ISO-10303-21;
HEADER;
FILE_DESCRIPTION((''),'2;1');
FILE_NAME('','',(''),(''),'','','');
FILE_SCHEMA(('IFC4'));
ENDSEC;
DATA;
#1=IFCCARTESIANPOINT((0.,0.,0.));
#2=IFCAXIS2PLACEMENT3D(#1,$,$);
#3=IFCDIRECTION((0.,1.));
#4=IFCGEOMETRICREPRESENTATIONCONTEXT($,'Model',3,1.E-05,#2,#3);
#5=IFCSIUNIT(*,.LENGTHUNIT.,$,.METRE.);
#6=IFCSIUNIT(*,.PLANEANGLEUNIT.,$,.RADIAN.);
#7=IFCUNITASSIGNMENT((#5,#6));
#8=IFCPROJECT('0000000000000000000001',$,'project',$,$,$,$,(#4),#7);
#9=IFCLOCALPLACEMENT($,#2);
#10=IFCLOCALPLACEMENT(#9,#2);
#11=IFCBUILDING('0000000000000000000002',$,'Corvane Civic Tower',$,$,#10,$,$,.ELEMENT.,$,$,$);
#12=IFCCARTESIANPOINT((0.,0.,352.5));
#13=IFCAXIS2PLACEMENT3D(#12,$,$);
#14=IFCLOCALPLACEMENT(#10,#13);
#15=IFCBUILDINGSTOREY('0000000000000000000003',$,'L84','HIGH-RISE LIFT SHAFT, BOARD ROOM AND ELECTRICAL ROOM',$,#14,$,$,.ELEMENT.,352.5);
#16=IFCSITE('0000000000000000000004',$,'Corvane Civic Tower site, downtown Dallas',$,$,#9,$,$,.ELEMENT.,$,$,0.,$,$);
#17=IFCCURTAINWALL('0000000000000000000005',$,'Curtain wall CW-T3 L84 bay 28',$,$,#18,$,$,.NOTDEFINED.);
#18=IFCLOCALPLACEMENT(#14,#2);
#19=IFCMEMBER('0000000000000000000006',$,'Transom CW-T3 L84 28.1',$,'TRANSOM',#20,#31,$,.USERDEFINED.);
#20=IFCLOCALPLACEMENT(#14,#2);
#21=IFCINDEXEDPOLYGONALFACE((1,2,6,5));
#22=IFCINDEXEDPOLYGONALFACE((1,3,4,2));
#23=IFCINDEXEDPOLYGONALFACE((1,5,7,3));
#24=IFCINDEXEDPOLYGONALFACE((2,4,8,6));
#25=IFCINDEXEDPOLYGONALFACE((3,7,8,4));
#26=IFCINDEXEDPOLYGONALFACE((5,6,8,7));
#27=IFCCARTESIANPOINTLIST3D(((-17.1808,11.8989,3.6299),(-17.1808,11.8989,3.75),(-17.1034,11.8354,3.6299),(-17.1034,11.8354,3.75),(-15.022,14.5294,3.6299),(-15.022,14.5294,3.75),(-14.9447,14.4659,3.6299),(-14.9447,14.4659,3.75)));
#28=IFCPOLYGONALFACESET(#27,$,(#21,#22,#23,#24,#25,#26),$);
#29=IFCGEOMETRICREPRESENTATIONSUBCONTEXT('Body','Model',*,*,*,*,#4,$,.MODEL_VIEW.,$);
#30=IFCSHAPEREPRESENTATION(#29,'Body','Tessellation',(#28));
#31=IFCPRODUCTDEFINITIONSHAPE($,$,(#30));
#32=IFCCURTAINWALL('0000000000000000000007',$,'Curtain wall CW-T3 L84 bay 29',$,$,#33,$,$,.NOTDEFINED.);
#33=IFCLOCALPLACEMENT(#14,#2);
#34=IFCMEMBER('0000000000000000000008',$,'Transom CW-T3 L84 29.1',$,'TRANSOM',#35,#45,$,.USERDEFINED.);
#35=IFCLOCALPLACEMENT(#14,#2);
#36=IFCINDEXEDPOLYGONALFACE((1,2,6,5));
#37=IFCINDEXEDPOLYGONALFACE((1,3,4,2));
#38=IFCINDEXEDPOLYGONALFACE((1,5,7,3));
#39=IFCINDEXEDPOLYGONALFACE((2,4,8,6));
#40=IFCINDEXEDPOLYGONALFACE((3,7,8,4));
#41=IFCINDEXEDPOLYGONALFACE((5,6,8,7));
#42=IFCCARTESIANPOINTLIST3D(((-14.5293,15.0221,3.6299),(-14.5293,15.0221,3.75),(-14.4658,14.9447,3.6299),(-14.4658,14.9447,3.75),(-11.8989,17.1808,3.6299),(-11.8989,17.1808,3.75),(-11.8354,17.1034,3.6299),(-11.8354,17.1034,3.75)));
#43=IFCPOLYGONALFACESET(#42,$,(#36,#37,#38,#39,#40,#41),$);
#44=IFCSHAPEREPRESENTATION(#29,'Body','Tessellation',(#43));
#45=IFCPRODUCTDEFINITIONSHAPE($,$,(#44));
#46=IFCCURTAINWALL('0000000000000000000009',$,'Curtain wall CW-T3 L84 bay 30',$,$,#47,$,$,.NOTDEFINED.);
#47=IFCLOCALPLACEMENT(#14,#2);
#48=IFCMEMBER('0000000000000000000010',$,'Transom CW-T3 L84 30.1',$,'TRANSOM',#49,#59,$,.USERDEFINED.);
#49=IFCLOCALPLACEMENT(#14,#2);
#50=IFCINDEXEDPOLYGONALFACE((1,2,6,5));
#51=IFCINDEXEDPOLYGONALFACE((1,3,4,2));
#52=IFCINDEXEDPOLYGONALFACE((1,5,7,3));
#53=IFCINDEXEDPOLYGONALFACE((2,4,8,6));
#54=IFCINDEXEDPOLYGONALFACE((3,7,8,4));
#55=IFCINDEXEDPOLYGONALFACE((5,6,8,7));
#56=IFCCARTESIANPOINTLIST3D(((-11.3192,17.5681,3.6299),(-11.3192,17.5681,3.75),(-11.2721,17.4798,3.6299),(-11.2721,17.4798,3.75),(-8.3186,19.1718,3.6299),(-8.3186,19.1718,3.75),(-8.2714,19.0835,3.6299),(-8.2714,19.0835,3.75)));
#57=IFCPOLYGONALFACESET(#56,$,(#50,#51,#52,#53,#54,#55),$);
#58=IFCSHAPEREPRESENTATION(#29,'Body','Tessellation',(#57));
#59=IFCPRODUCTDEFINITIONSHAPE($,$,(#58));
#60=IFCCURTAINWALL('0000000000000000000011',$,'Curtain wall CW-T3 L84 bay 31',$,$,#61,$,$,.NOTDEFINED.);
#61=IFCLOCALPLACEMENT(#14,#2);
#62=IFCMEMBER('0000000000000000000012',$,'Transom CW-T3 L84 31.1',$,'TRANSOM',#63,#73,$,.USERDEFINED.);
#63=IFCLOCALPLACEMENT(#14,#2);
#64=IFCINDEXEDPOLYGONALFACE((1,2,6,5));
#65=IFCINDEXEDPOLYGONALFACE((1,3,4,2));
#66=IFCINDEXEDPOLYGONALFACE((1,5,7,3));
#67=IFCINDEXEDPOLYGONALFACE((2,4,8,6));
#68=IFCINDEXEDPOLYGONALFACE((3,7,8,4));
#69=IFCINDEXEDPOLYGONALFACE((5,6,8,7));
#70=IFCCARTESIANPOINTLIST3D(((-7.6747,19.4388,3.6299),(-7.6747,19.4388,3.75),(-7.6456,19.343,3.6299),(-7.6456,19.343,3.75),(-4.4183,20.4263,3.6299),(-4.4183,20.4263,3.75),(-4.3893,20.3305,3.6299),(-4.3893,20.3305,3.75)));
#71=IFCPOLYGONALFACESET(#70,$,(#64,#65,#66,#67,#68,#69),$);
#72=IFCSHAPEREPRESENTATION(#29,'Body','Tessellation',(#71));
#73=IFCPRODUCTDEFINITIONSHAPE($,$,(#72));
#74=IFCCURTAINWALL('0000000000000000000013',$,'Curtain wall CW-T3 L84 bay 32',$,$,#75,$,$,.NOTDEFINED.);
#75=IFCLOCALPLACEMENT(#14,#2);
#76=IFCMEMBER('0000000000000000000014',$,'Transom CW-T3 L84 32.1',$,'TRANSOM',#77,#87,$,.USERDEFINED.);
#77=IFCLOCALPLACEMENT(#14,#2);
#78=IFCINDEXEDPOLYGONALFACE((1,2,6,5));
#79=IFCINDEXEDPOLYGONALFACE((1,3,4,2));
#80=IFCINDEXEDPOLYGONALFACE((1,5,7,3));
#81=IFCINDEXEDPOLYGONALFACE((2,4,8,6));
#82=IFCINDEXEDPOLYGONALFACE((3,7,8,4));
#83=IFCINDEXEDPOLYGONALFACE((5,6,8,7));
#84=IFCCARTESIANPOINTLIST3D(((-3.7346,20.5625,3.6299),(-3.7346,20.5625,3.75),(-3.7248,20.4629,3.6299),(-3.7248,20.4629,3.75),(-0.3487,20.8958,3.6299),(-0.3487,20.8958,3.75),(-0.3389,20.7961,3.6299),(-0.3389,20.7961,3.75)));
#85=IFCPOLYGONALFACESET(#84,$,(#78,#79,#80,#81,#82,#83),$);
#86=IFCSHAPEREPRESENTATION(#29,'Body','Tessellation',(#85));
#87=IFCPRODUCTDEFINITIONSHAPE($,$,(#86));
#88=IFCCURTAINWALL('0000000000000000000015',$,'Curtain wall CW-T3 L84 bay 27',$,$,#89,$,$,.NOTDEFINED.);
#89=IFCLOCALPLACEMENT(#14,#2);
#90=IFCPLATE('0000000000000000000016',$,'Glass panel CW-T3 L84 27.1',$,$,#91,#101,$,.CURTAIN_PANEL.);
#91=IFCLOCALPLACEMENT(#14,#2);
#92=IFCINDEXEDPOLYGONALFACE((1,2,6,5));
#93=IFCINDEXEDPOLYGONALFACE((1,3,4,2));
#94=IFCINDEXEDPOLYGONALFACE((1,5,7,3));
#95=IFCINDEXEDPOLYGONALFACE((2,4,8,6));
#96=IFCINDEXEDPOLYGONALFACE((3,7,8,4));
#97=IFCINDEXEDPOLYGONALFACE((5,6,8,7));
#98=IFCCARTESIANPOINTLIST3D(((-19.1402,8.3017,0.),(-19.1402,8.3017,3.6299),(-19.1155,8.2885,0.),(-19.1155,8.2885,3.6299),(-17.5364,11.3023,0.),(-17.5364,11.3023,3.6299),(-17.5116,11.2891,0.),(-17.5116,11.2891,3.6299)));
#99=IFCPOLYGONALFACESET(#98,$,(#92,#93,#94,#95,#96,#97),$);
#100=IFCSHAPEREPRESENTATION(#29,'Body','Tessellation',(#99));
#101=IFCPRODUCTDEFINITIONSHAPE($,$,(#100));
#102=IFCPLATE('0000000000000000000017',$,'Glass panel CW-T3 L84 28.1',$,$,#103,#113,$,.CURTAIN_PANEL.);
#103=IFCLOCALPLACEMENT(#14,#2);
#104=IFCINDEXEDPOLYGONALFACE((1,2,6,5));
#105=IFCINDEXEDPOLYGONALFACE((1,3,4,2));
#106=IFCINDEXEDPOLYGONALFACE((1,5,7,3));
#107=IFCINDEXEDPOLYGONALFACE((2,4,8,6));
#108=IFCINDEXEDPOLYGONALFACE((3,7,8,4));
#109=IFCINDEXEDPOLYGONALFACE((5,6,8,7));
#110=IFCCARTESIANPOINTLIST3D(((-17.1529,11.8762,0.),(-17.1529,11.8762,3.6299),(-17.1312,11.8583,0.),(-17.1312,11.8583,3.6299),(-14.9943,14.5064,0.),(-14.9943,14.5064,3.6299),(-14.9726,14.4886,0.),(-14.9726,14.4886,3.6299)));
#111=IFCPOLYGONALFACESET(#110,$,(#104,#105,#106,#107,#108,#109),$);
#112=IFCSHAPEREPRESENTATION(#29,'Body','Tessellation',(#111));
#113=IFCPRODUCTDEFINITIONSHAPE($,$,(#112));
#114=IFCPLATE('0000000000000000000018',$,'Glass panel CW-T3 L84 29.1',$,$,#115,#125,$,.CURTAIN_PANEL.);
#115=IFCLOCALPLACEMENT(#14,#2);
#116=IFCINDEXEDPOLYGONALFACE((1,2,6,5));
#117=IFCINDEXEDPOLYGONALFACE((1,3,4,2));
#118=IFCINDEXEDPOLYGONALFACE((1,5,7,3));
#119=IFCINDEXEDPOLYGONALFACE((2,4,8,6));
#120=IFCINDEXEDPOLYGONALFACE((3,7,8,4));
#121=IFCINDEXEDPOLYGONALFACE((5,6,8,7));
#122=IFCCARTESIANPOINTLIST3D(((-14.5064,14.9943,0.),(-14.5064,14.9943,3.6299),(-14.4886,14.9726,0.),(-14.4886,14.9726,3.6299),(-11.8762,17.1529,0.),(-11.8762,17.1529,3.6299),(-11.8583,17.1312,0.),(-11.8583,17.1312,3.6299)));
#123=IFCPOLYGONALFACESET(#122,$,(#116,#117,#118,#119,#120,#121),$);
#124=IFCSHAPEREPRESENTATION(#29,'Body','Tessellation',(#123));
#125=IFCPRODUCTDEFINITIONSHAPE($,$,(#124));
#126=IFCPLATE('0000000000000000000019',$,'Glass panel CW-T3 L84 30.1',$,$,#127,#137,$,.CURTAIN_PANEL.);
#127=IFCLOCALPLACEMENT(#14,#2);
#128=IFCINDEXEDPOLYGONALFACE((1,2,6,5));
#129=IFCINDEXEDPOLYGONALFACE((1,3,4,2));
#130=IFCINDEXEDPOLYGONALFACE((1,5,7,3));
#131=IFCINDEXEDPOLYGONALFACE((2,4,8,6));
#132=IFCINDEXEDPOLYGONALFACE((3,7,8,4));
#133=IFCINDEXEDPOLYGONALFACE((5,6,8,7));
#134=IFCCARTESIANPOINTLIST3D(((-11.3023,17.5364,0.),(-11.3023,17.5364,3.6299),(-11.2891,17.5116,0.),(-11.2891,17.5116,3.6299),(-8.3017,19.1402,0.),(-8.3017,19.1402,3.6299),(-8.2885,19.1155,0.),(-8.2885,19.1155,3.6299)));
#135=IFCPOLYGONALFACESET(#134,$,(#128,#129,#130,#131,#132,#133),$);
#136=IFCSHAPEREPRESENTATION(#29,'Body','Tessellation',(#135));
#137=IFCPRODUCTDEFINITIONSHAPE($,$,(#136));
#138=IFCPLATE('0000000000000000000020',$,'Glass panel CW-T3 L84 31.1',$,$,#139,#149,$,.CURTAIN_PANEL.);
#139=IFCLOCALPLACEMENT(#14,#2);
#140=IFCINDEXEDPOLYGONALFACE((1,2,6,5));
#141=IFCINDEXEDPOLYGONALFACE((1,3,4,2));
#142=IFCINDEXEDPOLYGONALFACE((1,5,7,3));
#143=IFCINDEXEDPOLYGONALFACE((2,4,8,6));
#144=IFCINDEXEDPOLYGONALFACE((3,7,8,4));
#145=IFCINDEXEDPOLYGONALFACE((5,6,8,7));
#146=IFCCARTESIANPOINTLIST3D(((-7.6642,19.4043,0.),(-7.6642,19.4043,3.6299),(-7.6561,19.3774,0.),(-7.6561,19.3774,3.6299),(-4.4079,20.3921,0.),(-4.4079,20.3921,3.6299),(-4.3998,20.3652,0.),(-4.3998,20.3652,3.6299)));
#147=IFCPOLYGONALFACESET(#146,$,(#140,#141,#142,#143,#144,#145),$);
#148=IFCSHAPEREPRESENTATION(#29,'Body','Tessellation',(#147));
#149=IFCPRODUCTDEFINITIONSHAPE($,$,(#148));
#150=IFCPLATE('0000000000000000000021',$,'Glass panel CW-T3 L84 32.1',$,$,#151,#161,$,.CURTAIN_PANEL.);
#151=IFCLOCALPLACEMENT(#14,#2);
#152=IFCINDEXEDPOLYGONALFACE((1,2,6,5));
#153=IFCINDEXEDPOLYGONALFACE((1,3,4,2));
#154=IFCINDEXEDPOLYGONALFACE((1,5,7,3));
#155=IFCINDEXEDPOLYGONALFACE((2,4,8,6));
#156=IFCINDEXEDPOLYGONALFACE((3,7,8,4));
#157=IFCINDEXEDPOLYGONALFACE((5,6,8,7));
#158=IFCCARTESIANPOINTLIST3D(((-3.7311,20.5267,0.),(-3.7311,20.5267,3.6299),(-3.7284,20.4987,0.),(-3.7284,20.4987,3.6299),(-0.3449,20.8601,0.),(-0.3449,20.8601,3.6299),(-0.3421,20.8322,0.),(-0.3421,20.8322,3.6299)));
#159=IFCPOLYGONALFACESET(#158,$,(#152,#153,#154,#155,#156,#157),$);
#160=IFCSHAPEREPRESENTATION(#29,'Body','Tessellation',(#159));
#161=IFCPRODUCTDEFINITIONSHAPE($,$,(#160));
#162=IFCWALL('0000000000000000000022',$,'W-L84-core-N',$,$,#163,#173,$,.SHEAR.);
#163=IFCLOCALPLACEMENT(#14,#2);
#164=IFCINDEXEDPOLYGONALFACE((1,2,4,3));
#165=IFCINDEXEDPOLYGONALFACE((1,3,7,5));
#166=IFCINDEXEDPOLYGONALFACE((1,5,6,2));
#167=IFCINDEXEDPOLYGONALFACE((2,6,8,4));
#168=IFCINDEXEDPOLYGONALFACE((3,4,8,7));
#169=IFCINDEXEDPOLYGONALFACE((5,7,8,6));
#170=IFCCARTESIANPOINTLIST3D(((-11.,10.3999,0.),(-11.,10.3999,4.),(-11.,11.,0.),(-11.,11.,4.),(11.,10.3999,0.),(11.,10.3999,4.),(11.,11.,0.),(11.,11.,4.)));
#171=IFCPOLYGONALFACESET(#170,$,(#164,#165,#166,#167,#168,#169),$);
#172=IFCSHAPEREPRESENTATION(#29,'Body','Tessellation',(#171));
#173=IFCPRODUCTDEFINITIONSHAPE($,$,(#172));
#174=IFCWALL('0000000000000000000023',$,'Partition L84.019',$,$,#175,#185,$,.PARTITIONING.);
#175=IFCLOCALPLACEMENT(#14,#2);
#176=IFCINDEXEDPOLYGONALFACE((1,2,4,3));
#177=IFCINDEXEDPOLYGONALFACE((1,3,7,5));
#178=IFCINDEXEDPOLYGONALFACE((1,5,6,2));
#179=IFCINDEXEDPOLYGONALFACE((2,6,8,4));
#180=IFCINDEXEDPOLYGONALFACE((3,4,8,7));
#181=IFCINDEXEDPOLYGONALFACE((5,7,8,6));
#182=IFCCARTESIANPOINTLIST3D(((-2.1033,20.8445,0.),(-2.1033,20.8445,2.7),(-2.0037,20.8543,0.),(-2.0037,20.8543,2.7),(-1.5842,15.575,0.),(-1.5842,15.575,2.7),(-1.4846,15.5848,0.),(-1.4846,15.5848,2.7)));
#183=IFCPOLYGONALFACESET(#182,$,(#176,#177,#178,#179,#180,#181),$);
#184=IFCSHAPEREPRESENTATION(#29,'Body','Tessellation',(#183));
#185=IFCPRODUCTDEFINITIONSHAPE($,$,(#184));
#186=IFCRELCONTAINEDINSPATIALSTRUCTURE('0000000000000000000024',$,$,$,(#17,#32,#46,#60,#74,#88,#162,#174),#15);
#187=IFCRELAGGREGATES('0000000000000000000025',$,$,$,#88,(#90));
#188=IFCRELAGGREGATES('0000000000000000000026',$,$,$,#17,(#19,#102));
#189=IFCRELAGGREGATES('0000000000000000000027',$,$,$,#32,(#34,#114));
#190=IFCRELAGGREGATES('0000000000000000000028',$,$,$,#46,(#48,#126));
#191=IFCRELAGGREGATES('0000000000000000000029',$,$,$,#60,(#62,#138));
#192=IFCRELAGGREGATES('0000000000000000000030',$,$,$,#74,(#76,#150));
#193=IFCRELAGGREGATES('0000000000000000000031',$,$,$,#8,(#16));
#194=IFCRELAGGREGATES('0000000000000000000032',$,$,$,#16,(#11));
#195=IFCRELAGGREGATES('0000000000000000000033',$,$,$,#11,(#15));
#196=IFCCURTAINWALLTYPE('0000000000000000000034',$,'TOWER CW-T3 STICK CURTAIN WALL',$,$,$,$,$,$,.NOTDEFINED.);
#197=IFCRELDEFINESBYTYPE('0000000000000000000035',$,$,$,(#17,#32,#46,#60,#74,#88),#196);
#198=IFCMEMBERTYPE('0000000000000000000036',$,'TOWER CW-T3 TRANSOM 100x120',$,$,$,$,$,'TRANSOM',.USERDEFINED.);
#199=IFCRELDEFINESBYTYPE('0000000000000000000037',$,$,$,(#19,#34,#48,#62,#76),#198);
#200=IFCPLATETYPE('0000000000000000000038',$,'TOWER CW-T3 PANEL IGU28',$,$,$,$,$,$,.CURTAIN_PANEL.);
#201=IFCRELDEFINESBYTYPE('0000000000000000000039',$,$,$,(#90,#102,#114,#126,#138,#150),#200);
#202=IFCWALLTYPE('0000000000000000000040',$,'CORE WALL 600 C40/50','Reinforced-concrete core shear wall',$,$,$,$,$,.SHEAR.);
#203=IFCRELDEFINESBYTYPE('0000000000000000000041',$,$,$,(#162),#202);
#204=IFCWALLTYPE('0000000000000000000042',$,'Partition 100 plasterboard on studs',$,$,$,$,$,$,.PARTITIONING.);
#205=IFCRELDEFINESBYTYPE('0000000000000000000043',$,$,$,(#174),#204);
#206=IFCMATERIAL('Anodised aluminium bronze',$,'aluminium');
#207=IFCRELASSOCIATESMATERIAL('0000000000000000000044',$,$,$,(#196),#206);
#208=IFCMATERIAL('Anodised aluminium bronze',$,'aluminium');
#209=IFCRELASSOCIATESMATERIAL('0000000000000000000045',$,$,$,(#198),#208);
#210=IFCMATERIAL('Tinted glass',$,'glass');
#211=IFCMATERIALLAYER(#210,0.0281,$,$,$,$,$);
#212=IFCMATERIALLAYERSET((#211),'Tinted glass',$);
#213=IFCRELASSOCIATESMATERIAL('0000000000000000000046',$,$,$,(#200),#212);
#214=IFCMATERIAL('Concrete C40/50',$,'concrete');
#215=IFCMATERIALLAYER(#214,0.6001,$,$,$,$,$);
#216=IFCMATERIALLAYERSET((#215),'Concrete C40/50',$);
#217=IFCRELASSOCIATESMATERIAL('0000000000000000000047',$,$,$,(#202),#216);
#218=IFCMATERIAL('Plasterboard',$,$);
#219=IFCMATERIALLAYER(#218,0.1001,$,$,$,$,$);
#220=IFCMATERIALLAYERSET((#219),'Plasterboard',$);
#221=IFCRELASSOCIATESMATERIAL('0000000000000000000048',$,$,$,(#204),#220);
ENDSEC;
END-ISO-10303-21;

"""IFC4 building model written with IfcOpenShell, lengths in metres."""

from ifc_helpers import new_model, si_unit, direction, frame, frame_2d, origin, origin_2d, place, context, subcontext, project, spatial, rectangle, extrude, material, layer, layer_set, material_profile, profile_set, type_object, element, aggregate, save


model = new_model("IFC4")

# Units and contexts
model_context = context("Model", 3, precision=1e-05, world=origin(), true_north=direction((0.0, 1.0)))
body_context = subcontext(model_context, "Body", "Model", "MODEL_VIEW")
ifc_project = project(units=[si_unit("LENGTHUNIT", "METRE"), si_unit("PLANEANGLEUNIT", "RADIAN")], contexts=[model_context])

# Site, building, storey
site_placement = place(None, origin())
site = spatial("IfcSite", under=ifc_project, at=site_placement, Name="Corvane Civic Tower site, downtown Dallas", CompositionType="ELEMENT", RefElevation=0.0)
building_placement = place(site_placement, origin())
building = spatial("IfcBuilding", under=site, at=building_placement, Name="Corvane Civic Tower", CompositionType="ELEMENT")
storey_placement = place(building_placement, frame((0.0, 0.0, 352.5)))
storey = spatial("IfcBuildingStorey", under=building, at=storey_placement, Name="L84", Description="HIGH-RISE LIFT SHAFT, BOARD ROOM AND ELECTRICAL ROOM", CompositionType="ELEMENT", Elevation=352.5)

# Curtain walls, members
ifc_material_1 = material(Name="Anodised aluminium bronze", Category="aluminium")
curtain_wall_type = type_object("IfcCurtainWallType", Name="TOWER CW-T3 STICK CURTAIN WALL", PredefinedType="NOTDEFINED", material=ifc_material_1)
curtain_wall_1_placement = place(storey_placement, origin())
curtain_wall_1 = element("IfcCurtainWall", 1, at=curtain_wall_1_placement, inside=storey, type_object=curtain_wall_type, Name="Curtain wall CW-T3 L84 bay 28", PredefinedType="NOTDEFINED")
ifc_material_2 = material(Name="Anodised aluminium bronze", Category="aluminium")
ifc_material_profile_1 = material_profile(ifc_material_2, rectangle(XDim=0.1001, YDim=0.1201, at=origin_2d()), Name="TOWER CW-T3 TRANSOM 100x120")
ifc_profile_set_1 = profile_set([ifc_material_profile_1], Name="Anodised aluminium bronze")
member_type = type_object("IfcMemberType", Name="TOWER CW-T3 TRANSOM 100x120", ElementType="TRANSOM", PredefinedType="USERDEFINED", material=ifc_profile_set_1)
member_1_placement = place(storey_placement, frame((-17.1421, 11.8672, 3.6899), z_axis=(0.634394, 0.77301, 0.0), x_axis=(-0.77301, 0.634394, 0.0)))
member_1 = element("IfcMember", 2, at=member_1_placement, type_object=member_type, Name="Transom CW-T3 L84 28.1", ObjectType="TRANSOM", PredefinedType="USERDEFINED", context=body_context, shape_type="SweptSolid", body=[
    extrude(rectangle(XDim=0.1001, YDim=0.1201, at=origin_2d()), origin(), (0.0, 0.0, 1.0), 3.4028),
])
curtain_wall_2_placement = place(storey_placement, origin())
curtain_wall_2 = element("IfcCurtainWall", 3, at=curtain_wall_2_placement, inside=storey, type_object=curtain_wall_type, Name="Curtain wall CW-T3 L84 bay 29", PredefinedType="NOTDEFINED")
member_2_placement = place(storey_placement, frame((-14.4976, 14.9834, 3.6899), z_axis=(0.77301, 0.634394, 0.0), x_axis=(-0.634394, 0.77301, 0.0)))
member_2 = element("IfcMember", 4, at=member_2_placement, type_object=member_type, Name="Transom CW-T3 L84 29.1", ObjectType="TRANSOM", PredefinedType="USERDEFINED", context=body_context, shape_type="SweptSolid", body=[
    extrude(rectangle(XDim=0.1001, YDim=0.1201, at=origin_2d()), origin(), (0.0, 0.0, 1.0), 3.4028),
])
curtain_wall_3_placement = place(storey_placement, origin())
curtain_wall_3 = element("IfcCurtainWall", 5, at=curtain_wall_3_placement, inside=storey, type_object=curtain_wall_type, Name="Curtain wall CW-T3 L84 bay 30", PredefinedType="NOTDEFINED")
member_3_placement = place(storey_placement, frame((-11.2957, 17.5239, 3.6899), z_axis=(0.881941, 0.471359, 0.0), x_axis=(-0.471359, 0.881941, 0.0)))
member_3 = element("IfcMember", 6, at=member_3_placement, type_object=member_type, Name="Transom CW-T3 L84 30.1", ObjectType="TRANSOM", PredefinedType="USERDEFINED", context=body_context, shape_type="SweptSolid", body=[
    extrude(rectangle(XDim=0.1001, YDim=0.1201, at=origin_2d()), origin(), (0.0, 0.0, 1.0), 3.4023),
])
curtain_wall_4_placement = place(storey_placement, origin())
curtain_wall_4 = element("IfcCurtainWall", 7, at=curtain_wall_4_placement, inside=storey, type_object=curtain_wall_type, Name="Curtain wall CW-T3 L84 bay 31", PredefinedType="NOTDEFINED")
member_4_placement = place(storey_placement, frame((-7.6602, 19.3909, 3.6899), z_axis=(0.956961, 0.290216, 0.0), x_axis=(-0.290216, 0.956961, 0.0)))
member_4 = element("IfcMember", 8, at=member_4_placement, type_object=member_type, Name="Transom CW-T3 L84 31.1", ObjectType="TRANSOM", PredefinedType="USERDEFINED", context=body_context, shape_type="SweptSolid", body=[
    extrude(rectangle(XDim=0.1001, YDim=0.1201, at=origin_2d()), origin(), (0.0, 0.0, 1.0), 3.4028),
])
curtain_wall_5_placement = place(storey_placement, origin())
curtain_wall_5 = element("IfcCurtainWall", 9, at=curtain_wall_5_placement, inside=storey, type_object=curtain_wall_type, Name="Curtain wall CW-T3 L84 bay 32", PredefinedType="NOTDEFINED")
member_5_placement = place(storey_placement, frame((-3.7297, 20.5127, 3.6899), z_axis=(0.995192, 0.097948, 0.0), x_axis=(-0.097948, 0.995192, 0.0)))
member_5 = element("IfcMember", 10, at=member_5_placement, type_object=member_type, Name="Transom CW-T3 L84 32.1", ObjectType="TRANSOM", PredefinedType="USERDEFINED", context=body_context, shape_type="SweptSolid", body=[
    extrude(rectangle(XDim=0.1001, YDim=0.1201, at=origin_2d()), origin(), (0.0, 0.0, 1.0), 3.4023),
])

# Curtain wall, plate
curtain_wall_6_placement = place(storey_placement, origin())
curtain_wall_6 = element("IfcCurtainWall", 11, at=curtain_wall_6_placement, inside=storey, type_object=curtain_wall_type, Name="Curtain wall CW-T3 L84 bay 27", PredefinedType="NOTDEFINED")
ifc_material_3 = material(Name="Tinted glass", Category="glass")
ifc_layer_1 = layer(ifc_material_3, 0.0281)
ifc_layer_set_1 = layer_set([ifc_layer_1], Name="Tinted glass")
plate_type = type_object("IfcPlateType", Name="TOWER CW-T3 PANEL IGU28", PredefinedType="CURTAIN_PANEL", material=ifc_layer_set_1)
plate_1_placement = place(storey_placement, frame((-18.3259, 9.7954, 0.0), z_axis=(0.0, 0.0, 1.0), x_axis=(0.471384, 0.881928, 0.0)))
plate_1 = element("IfcPlate", 12, at=plate_1_placement, type_object=plate_type, Name="Glass panel CW-T3 L84 27.1", PredefinedType="CURTAIN_PANEL", context=body_context, shape_type="SweptSolid", body=[
    extrude(rectangle(XDim=3.4023, YDim=0.0281, at=origin_2d()), origin(), (0.0, 0.0, 1.0), 3.6299),
])
aggregate(curtain_wall_6, [plate_1])

# Plates
plate_2_placement = place(storey_placement, frame((-16.0627, 13.1824, 0.0), z_axis=(0.0, 0.0, 1.0), x_axis=(0.634393, 0.77301, 0.0)))
plate_2 = element("IfcPlate", 13, at=plate_2_placement, type_object=plate_type, Name="Glass panel CW-T3 L84 28.1", PredefinedType="CURTAIN_PANEL", context=body_context, shape_type="SweptSolid", body=[
    extrude(rectangle(XDim=3.4026, YDim=0.0281, at=origin_2d()), origin(), (0.0, 0.0, 1.0), 3.6299),
])
aggregate(curtain_wall_1, [member_1, plate_2])
plate_3_placement = place(storey_placement, frame((-13.1824, 16.0627, 0.0), z_axis=(0.0, 0.0, 1.0), x_axis=(0.77301, 0.634393, 0.0)))
plate_3 = element("IfcPlate", 14, at=plate_3_placement, type_object=plate_type, Name="Glass panel CW-T3 L84 29.1", PredefinedType="CURTAIN_PANEL", context=body_context, shape_type="SweptSolid", body=[
    extrude(rectangle(XDim=3.4026, YDim=0.0281, at=origin_2d()), origin(), (0.0, 0.0, 1.0), 3.6299),
])
aggregate(curtain_wall_2, [member_2, plate_3])
plate_4_placement = place(storey_placement, frame((-9.7954, 18.3259, 0.0), z_axis=(0.0, 0.0, 1.0), x_axis=(0.881928, 0.471384, 0.0)))
plate_4 = element("IfcPlate", 15, at=plate_4_placement, type_object=plate_type, Name="Glass panel CW-T3 L84 30.1", PredefinedType="CURTAIN_PANEL", context=body_context, shape_type="SweptSolid", body=[
    extrude(rectangle(XDim=3.4023, YDim=0.0281, at=origin_2d()), origin(), (0.0, 0.0, 1.0), 3.6299),
])
aggregate(curtain_wall_3, [member_3, plate_4])
plate_5_placement = place(storey_placement, frame((-6.032, 19.8848, 0.0), z_axis=(0.0, 0.0, 1.0), x_axis=(0.956939, 0.29029, 0.0)))
plate_5 = element("IfcPlate", 16, at=plate_5_placement, type_object=plate_type, Name="Glass panel CW-T3 L84 31.1", PredefinedType="CURTAIN_PANEL", context=body_context, shape_type="SweptSolid", body=[
    extrude(rectangle(XDim=3.4028, YDim=0.0281, at=origin_2d()), origin(), (0.0, 0.0, 1.0), 3.6299),
])
aggregate(curtain_wall_4, [member_4, plate_5])
plate_6_placement = place(storey_placement, frame((-2.0366, 20.6794, 0.0), z_axis=(0.0, 0.0, 1.0), x_axis=(0.995187, 0.097998, 0.0)))
plate_6 = element("IfcPlate", 17, at=plate_6_placement, type_object=plate_type, Name="Glass panel CW-T3 L84 32.1", PredefinedType="CURTAIN_PANEL", context=body_context, shape_type="SweptSolid", body=[
    extrude(rectangle(XDim=3.4026, YDim=0.0281, at=origin_2d()), origin(), (0.0, 0.0, 1.0), 3.6299),
])
aggregate(curtain_wall_5, [member_5, plate_6])

# Walls
ifc_material_4 = material(Name="Concrete C40/50", Category="concrete")
ifc_layer_2 = layer(ifc_material_4, 0.6001)
ifc_layer_set_2 = layer_set([ifc_layer_2], Name="Concrete C40/50")
wall_type_1 = type_object("IfcWallType", Name="CORE WALL 600 C40/50", Description="Reinforced-concrete core shear wall", PredefinedType="SHEAR", material=ifc_layer_set_2)
wall_1_placement = place(storey_placement, frame((-11.0, 10.7, 0.0), z_axis=(0.0, 0.0, 1.0), x_axis=(1.0, 0.0, 0.0)))
element("IfcWall", 18, at=wall_1_placement, inside=storey, type_object=wall_type_1, Name="W-L84-core-N", PredefinedType="SHEAR", context=body_context, shape_type="SweptSolid", body=[
    extrude(rectangle(XDim=22.0, YDim=0.6001, at=frame_2d((11.0, 0.0))), origin(), (0.0, 0.0, 1.0), 4.0),
])
ifc_material_5 = material(Name="Plasterboard")
ifc_layer_3 = layer(ifc_material_5, 0.1001)
ifc_layer_set_3 = layer_set([ifc_layer_3], Name="Plasterboard")
wall_type_2 = type_object("IfcWallType", Name="Partition 100 plasterboard on studs", PredefinedType="PARTITIONING", material=ifc_layer_set_3)
wall_2_placement = place(storey_placement, frame((-2.0535, 20.8494, 0.0), z_axis=(0.0, 0.0, 1.0), x_axis=(0.098025, -0.995184, 0.0)))
element("IfcWall", 19, at=wall_2_placement, inside=storey, type_object=wall_type_2, Name="Partition L84.019", PredefinedType="PARTITIONING", context=body_context, shape_type="SweptSolid", body=[
    extrude(rectangle(XDim=5.2949, YDim=0.1001, at=frame_2d((2.6475, 0.0))), origin(), (0.0, 0.0, 1.0), 2.7),
])

save(model, "model.ifc")
